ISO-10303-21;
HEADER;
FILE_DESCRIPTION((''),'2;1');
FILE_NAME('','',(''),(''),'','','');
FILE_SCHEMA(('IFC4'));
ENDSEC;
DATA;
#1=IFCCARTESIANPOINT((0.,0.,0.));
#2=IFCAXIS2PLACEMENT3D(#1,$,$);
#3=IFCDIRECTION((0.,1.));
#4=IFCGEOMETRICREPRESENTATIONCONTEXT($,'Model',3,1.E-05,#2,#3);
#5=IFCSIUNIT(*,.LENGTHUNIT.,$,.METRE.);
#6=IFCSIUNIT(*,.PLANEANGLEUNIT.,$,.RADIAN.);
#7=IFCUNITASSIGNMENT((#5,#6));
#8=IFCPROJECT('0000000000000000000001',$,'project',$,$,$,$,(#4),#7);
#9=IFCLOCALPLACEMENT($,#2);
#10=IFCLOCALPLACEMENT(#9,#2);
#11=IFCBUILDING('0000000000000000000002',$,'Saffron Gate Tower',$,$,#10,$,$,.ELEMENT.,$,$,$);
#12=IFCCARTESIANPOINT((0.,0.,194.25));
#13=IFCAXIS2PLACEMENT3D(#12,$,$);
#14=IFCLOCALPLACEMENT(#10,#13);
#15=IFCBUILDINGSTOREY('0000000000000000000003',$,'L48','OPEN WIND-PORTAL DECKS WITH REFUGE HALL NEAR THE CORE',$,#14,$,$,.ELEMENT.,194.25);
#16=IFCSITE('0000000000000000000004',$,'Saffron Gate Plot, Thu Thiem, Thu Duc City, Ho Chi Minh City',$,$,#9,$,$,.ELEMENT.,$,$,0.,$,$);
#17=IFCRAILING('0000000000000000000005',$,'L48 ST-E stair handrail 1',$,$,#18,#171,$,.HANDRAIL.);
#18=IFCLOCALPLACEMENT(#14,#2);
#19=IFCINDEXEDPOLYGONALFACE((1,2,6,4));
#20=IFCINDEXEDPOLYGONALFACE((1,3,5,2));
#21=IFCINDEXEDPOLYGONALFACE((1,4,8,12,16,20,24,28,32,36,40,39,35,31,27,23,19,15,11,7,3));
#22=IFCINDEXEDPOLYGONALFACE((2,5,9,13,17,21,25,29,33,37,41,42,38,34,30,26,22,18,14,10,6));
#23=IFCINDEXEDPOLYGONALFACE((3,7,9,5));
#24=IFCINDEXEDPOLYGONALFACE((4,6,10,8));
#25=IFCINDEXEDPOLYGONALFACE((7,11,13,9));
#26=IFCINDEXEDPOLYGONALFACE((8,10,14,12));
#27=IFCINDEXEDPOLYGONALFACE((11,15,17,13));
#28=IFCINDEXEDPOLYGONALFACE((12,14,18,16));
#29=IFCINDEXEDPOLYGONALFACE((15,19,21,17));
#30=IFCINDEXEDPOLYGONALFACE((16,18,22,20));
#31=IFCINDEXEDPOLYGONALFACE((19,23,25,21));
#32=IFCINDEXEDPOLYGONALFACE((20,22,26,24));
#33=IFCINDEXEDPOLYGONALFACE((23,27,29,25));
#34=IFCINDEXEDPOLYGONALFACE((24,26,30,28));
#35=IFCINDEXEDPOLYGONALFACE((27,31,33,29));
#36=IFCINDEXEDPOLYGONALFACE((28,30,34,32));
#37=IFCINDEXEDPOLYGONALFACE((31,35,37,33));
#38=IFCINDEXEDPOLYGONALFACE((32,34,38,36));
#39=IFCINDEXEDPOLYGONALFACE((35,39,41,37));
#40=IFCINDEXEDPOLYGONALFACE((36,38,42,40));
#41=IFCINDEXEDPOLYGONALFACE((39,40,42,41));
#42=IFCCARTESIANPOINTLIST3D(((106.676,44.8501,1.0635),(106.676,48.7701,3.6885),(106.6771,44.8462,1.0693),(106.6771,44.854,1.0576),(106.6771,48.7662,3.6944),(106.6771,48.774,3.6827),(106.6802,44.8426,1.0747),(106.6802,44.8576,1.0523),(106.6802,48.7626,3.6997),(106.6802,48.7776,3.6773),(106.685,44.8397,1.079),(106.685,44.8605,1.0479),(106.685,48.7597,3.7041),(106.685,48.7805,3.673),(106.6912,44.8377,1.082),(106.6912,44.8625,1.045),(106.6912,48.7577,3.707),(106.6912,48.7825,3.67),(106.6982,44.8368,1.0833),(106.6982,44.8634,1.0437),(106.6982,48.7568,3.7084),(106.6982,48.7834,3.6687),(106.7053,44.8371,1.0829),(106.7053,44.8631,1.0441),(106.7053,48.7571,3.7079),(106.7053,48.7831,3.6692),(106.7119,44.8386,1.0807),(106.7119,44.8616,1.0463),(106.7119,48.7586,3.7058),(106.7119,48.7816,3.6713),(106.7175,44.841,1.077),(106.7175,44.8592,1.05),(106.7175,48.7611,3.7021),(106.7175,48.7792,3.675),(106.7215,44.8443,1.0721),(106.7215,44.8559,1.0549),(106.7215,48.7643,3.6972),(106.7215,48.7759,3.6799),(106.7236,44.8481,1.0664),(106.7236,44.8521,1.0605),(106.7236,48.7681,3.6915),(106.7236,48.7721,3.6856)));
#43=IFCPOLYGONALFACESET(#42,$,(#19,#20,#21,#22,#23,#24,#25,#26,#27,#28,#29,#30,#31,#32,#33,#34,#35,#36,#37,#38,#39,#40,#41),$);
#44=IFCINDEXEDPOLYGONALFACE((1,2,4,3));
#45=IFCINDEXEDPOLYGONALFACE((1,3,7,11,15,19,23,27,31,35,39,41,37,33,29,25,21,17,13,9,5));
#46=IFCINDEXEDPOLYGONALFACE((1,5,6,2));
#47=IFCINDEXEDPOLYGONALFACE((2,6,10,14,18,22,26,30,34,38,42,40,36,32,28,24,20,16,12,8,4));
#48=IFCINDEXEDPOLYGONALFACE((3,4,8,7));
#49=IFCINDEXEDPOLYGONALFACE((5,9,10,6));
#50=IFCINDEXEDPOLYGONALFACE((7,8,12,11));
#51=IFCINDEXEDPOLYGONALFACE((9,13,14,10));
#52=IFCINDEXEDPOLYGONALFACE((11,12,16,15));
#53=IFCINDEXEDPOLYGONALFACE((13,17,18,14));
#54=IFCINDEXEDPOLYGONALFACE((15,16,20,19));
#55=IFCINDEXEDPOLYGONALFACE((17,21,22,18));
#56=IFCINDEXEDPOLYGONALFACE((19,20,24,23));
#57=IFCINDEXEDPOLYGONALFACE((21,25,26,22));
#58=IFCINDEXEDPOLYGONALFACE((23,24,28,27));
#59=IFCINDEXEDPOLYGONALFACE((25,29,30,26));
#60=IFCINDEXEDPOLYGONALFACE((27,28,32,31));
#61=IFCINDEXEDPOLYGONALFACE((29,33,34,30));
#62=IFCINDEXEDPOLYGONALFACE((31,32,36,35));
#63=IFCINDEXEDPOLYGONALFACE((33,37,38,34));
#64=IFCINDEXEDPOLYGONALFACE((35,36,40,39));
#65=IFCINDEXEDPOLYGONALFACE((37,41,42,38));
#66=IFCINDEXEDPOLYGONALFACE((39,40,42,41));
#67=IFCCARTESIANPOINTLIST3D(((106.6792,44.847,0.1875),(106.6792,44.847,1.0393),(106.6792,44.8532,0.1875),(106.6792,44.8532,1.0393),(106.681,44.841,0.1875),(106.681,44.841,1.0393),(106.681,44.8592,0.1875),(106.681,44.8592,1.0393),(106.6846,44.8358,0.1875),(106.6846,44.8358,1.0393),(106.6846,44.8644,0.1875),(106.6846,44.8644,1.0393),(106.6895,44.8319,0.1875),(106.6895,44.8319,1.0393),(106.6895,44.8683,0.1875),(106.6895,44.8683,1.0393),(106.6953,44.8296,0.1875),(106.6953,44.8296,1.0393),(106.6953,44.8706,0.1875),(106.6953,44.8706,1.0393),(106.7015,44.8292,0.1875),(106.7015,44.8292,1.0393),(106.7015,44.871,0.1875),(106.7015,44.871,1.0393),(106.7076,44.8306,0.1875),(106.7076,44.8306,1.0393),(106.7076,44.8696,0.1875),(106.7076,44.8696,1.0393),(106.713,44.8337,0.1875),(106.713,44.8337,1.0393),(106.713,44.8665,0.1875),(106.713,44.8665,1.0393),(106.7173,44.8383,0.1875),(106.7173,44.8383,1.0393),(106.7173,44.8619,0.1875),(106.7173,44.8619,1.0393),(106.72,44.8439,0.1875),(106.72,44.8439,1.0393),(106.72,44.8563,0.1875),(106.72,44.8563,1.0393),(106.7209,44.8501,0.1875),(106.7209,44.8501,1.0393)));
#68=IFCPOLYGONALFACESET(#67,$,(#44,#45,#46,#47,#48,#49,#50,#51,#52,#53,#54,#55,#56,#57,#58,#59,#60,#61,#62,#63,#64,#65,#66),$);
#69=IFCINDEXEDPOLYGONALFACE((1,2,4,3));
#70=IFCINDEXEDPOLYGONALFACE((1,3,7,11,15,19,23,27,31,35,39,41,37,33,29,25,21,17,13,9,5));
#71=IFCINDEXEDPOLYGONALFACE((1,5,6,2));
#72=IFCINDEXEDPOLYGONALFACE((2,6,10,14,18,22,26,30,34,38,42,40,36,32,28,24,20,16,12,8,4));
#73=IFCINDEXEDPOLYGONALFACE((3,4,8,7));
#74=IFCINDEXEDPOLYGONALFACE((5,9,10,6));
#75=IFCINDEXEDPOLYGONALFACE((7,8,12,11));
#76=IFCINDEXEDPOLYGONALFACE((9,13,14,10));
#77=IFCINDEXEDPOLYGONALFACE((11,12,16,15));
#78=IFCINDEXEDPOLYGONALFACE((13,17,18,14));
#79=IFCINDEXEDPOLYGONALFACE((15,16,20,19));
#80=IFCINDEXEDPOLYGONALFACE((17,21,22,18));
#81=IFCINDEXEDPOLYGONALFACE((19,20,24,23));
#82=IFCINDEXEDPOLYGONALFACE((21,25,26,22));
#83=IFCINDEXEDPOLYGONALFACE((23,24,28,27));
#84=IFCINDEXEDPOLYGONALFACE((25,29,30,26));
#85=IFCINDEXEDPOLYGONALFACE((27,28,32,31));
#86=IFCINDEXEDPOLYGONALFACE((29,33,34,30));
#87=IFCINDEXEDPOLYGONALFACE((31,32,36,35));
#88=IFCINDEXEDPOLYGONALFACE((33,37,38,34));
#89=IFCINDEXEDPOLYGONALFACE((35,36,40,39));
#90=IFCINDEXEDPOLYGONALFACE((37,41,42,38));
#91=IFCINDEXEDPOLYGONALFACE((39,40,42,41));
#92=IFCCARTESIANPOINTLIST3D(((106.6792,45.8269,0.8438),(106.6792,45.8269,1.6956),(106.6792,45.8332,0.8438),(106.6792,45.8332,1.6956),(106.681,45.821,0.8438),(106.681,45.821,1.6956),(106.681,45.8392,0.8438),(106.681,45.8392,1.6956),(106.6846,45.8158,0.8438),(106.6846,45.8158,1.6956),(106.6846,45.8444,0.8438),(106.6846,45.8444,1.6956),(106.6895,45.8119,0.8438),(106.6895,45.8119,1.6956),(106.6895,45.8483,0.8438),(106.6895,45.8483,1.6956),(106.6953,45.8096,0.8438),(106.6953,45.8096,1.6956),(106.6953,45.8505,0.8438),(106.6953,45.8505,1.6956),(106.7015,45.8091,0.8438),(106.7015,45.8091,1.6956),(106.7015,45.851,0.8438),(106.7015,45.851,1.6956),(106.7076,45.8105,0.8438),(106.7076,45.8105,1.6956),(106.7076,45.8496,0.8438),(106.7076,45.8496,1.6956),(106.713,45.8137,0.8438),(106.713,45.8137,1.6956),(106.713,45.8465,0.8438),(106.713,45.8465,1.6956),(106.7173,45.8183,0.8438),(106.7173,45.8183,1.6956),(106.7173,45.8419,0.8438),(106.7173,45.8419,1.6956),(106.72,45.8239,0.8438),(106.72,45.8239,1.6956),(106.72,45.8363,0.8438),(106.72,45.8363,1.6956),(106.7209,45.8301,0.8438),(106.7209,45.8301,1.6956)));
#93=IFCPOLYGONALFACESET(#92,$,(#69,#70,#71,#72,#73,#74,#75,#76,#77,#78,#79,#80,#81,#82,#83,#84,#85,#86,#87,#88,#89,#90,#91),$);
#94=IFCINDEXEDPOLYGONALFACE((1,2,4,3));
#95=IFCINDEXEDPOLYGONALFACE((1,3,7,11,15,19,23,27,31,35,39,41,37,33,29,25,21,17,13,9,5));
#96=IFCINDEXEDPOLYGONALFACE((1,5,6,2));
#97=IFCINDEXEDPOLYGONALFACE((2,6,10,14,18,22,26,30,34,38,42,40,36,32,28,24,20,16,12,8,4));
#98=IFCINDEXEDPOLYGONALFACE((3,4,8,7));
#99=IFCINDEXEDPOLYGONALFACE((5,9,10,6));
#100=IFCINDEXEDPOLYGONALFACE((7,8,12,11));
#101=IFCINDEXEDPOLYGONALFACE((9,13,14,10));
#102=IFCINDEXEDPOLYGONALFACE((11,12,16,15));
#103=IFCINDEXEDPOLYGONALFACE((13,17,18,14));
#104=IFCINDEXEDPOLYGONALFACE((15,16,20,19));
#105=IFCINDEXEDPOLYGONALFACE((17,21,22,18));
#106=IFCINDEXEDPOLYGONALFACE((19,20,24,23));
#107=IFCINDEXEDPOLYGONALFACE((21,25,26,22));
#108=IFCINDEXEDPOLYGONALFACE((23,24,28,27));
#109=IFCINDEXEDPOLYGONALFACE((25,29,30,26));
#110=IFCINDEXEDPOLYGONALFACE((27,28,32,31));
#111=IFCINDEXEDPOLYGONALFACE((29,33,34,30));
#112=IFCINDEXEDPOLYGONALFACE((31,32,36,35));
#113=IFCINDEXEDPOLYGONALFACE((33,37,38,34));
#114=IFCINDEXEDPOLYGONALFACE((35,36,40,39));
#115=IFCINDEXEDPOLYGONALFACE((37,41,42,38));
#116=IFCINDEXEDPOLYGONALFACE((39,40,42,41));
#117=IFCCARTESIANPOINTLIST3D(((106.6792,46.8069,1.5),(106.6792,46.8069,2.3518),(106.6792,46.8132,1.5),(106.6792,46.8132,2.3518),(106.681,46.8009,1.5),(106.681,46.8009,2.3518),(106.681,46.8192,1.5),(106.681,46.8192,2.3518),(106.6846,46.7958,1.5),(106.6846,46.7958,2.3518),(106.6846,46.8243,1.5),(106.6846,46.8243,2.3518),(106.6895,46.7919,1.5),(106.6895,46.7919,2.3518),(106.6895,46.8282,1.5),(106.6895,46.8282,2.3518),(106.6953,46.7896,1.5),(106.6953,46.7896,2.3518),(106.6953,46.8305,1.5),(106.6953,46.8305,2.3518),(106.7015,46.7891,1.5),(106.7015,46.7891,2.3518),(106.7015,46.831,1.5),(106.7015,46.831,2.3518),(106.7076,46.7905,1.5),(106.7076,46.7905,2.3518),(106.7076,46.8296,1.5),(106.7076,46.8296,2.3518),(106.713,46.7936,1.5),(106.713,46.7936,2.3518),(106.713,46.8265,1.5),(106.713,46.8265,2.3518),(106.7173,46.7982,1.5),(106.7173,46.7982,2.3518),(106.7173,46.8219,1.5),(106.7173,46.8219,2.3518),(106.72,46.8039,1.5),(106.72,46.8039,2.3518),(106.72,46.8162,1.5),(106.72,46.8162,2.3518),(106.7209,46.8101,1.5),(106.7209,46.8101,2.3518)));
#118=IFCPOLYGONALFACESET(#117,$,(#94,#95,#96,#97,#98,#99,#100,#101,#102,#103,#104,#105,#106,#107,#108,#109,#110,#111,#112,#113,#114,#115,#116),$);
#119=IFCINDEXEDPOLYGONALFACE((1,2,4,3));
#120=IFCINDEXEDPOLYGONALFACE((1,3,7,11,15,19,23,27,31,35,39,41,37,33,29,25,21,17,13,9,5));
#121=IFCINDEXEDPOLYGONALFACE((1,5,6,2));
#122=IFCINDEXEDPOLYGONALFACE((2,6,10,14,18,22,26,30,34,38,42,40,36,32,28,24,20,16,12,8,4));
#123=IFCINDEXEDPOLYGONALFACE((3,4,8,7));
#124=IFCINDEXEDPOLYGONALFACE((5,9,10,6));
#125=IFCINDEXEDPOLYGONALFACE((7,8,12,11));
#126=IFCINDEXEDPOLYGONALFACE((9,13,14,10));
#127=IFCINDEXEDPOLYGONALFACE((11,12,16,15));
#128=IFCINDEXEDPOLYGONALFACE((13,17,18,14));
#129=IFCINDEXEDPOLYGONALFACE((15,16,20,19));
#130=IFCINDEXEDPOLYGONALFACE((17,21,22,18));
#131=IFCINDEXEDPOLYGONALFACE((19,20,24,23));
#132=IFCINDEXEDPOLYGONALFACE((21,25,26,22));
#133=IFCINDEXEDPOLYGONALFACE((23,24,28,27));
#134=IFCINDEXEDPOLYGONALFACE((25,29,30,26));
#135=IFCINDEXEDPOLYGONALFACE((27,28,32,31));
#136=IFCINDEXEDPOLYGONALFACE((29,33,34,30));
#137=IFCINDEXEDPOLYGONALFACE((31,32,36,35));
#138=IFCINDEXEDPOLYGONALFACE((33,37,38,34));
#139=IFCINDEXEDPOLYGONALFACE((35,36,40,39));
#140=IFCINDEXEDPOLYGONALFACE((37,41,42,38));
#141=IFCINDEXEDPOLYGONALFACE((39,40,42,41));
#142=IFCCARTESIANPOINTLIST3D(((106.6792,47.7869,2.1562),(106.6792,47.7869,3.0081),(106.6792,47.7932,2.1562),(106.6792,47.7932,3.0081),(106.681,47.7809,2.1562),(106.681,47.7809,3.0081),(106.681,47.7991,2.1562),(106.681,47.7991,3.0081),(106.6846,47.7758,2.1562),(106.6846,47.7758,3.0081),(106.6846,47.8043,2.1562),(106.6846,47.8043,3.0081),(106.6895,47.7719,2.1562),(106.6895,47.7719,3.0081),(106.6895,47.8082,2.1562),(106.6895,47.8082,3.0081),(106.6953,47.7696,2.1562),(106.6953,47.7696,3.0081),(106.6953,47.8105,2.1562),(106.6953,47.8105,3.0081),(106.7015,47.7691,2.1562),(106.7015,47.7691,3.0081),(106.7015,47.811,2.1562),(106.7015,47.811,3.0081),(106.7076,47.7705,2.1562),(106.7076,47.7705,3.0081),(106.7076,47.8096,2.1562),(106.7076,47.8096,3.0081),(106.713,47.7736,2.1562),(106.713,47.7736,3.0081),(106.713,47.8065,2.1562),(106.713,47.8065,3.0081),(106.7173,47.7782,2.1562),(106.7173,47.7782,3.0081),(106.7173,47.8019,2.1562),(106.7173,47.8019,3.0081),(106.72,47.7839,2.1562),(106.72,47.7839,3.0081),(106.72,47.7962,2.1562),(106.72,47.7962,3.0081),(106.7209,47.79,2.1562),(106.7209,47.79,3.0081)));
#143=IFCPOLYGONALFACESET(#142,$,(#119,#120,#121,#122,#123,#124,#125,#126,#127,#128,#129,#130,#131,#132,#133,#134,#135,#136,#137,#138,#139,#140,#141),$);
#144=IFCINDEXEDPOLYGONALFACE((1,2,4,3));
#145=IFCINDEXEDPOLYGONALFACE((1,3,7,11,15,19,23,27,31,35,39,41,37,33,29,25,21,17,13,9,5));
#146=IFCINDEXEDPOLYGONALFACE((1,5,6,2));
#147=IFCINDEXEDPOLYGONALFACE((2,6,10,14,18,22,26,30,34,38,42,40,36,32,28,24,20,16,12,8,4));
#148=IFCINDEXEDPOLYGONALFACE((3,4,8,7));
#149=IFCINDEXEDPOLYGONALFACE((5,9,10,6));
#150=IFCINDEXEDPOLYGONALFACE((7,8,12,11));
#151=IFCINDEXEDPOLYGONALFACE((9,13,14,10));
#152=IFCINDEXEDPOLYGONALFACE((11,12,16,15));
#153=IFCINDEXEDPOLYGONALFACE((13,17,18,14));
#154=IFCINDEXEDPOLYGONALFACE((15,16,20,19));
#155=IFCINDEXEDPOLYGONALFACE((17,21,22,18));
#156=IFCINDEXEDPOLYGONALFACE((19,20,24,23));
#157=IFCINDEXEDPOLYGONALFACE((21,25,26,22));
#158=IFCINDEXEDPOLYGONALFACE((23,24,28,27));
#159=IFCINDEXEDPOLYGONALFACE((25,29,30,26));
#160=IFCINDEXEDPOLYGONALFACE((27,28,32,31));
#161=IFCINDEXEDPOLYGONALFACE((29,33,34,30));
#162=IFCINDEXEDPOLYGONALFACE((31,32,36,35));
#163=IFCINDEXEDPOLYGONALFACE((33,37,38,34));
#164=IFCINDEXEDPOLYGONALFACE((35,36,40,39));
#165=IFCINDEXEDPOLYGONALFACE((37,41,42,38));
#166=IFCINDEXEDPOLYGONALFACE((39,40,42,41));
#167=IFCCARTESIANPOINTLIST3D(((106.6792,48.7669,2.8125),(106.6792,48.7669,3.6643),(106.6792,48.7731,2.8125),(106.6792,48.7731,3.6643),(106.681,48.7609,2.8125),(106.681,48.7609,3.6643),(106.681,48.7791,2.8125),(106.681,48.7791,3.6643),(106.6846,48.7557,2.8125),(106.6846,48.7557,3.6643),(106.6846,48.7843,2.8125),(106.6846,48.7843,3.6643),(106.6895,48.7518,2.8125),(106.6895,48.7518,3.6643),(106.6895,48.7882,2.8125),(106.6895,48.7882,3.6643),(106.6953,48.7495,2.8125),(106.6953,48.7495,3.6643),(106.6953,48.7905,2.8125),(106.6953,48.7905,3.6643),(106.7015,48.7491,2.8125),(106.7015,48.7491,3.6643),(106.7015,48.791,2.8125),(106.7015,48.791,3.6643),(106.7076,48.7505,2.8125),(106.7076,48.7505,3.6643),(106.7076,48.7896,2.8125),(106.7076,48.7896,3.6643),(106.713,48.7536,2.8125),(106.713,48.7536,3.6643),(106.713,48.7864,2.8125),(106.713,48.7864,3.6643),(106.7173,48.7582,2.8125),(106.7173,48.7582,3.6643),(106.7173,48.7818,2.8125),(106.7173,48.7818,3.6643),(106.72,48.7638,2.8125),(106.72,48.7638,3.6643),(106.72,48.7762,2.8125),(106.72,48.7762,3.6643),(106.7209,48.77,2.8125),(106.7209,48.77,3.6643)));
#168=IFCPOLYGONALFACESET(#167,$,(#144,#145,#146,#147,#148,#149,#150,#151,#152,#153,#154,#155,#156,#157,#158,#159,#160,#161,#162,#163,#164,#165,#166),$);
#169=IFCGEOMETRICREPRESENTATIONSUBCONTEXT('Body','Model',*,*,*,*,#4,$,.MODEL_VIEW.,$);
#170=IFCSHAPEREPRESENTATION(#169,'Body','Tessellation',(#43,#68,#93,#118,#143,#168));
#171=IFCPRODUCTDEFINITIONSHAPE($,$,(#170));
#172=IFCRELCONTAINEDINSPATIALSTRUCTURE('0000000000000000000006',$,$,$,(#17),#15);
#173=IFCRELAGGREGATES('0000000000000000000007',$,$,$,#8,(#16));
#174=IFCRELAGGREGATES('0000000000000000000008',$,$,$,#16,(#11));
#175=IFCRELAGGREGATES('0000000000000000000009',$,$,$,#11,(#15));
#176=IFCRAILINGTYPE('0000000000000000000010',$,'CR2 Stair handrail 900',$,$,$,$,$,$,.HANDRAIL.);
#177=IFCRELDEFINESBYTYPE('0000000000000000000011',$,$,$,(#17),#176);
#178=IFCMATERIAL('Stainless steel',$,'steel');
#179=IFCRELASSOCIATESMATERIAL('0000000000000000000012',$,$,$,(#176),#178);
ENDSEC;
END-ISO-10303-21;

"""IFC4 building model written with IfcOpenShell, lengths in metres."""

from ifc_helpers import new_model, si_unit, direction, frame, origin, origin_2d, place, context, subcontext, project, spatial, circle, extrude, material, type_object, element, save


model = new_model("IFC4")

# Units and contexts
model_context = context("Model", 3, precision=1e-05, world=origin(), true_north=direction((0.0, 1.0)))
body_context = subcontext(model_context, "Body", "Model", "MODEL_VIEW")
ifc_project = project(units=[si_unit("LENGTHUNIT", "METRE"), si_unit("PLANEANGLEUNIT", "RADIAN")], contexts=[model_context])

# Site, building, storey
site_placement = place(None, origin())
site = spatial("IfcSite", under=ifc_project, at=site_placement, Name="Saffron Gate Plot, Thu Thiem, Thu Duc City, Ho Chi Minh City", CompositionType="ELEMENT", RefElevation=0.0)
building_placement = place(site_placement, origin())
building = spatial("IfcBuilding", under=site, at=building_placement, Name="Saffron Gate Tower", CompositionType="ELEMENT")
storey_placement = place(building_placement, frame((0.0, 0.0, 194.25)))
storey = spatial("IfcBuildingStorey", under=building, at=storey_placement, Name="L48", Description="OPEN WIND-PORTAL DECKS WITH REFUGE HALL NEAR THE CORE", CompositionType="ELEMENT", Elevation=194.25)

# Railing
ifc_material_1 = material(Name="Stainless steel", Category="steel")
railing_type_1 = type_object("IfcRailingType", Name="CR2 Stair handrail 900", PredefinedType="HANDRAIL", material=ifc_material_1)
railing_1_placement = place(storey_placement, frame((106.7, 44.8501, 0.1875)))
element("IfcRailing", 1, at=railing_1_placement, inside=storey, type_object=railing_type_1, Name="L48 ST-E stair handrail 1", PredefinedType="HANDRAIL", context=body_context, shape_type="SweptSolid", body=[
    extrude(circle(Radius=0.0239, at=origin_2d()), frame((0.0, 0.0, 0.876), z_axis=(0.0, 0.830902, 0.556419), x_axis=(-1.0, 0.0, 0.0)), (0.0, 0.0, 1.0), 4.7178),
    extrude(circle(Radius=0.021, at=origin_2d()), origin(), (0.0, 0.0, 1.0), 0.8518),
    extrude(circle(Radius=0.021, at=origin_2d()), frame((0.0, 0.98, 0.6562)), (0.0, 0.0, 1.0), 0.8518),
    extrude(circle(Radius=0.021, at=origin_2d()), frame((0.0, 1.96, 1.3125)), (0.0, 0.0, 1.0), 0.8518),
    extrude(circle(Radius=0.021, at=origin_2d()), frame((0.0, 2.9399, 1.9688)), (0.0, 0.0, 1.0), 0.8518),
    extrude(circle(Radius=0.021, at=origin_2d()), frame((0.0, 3.9199, 2.625)), (0.0, 0.0, 1.0), 0.8518),
])

save(model, "model.ifc")
